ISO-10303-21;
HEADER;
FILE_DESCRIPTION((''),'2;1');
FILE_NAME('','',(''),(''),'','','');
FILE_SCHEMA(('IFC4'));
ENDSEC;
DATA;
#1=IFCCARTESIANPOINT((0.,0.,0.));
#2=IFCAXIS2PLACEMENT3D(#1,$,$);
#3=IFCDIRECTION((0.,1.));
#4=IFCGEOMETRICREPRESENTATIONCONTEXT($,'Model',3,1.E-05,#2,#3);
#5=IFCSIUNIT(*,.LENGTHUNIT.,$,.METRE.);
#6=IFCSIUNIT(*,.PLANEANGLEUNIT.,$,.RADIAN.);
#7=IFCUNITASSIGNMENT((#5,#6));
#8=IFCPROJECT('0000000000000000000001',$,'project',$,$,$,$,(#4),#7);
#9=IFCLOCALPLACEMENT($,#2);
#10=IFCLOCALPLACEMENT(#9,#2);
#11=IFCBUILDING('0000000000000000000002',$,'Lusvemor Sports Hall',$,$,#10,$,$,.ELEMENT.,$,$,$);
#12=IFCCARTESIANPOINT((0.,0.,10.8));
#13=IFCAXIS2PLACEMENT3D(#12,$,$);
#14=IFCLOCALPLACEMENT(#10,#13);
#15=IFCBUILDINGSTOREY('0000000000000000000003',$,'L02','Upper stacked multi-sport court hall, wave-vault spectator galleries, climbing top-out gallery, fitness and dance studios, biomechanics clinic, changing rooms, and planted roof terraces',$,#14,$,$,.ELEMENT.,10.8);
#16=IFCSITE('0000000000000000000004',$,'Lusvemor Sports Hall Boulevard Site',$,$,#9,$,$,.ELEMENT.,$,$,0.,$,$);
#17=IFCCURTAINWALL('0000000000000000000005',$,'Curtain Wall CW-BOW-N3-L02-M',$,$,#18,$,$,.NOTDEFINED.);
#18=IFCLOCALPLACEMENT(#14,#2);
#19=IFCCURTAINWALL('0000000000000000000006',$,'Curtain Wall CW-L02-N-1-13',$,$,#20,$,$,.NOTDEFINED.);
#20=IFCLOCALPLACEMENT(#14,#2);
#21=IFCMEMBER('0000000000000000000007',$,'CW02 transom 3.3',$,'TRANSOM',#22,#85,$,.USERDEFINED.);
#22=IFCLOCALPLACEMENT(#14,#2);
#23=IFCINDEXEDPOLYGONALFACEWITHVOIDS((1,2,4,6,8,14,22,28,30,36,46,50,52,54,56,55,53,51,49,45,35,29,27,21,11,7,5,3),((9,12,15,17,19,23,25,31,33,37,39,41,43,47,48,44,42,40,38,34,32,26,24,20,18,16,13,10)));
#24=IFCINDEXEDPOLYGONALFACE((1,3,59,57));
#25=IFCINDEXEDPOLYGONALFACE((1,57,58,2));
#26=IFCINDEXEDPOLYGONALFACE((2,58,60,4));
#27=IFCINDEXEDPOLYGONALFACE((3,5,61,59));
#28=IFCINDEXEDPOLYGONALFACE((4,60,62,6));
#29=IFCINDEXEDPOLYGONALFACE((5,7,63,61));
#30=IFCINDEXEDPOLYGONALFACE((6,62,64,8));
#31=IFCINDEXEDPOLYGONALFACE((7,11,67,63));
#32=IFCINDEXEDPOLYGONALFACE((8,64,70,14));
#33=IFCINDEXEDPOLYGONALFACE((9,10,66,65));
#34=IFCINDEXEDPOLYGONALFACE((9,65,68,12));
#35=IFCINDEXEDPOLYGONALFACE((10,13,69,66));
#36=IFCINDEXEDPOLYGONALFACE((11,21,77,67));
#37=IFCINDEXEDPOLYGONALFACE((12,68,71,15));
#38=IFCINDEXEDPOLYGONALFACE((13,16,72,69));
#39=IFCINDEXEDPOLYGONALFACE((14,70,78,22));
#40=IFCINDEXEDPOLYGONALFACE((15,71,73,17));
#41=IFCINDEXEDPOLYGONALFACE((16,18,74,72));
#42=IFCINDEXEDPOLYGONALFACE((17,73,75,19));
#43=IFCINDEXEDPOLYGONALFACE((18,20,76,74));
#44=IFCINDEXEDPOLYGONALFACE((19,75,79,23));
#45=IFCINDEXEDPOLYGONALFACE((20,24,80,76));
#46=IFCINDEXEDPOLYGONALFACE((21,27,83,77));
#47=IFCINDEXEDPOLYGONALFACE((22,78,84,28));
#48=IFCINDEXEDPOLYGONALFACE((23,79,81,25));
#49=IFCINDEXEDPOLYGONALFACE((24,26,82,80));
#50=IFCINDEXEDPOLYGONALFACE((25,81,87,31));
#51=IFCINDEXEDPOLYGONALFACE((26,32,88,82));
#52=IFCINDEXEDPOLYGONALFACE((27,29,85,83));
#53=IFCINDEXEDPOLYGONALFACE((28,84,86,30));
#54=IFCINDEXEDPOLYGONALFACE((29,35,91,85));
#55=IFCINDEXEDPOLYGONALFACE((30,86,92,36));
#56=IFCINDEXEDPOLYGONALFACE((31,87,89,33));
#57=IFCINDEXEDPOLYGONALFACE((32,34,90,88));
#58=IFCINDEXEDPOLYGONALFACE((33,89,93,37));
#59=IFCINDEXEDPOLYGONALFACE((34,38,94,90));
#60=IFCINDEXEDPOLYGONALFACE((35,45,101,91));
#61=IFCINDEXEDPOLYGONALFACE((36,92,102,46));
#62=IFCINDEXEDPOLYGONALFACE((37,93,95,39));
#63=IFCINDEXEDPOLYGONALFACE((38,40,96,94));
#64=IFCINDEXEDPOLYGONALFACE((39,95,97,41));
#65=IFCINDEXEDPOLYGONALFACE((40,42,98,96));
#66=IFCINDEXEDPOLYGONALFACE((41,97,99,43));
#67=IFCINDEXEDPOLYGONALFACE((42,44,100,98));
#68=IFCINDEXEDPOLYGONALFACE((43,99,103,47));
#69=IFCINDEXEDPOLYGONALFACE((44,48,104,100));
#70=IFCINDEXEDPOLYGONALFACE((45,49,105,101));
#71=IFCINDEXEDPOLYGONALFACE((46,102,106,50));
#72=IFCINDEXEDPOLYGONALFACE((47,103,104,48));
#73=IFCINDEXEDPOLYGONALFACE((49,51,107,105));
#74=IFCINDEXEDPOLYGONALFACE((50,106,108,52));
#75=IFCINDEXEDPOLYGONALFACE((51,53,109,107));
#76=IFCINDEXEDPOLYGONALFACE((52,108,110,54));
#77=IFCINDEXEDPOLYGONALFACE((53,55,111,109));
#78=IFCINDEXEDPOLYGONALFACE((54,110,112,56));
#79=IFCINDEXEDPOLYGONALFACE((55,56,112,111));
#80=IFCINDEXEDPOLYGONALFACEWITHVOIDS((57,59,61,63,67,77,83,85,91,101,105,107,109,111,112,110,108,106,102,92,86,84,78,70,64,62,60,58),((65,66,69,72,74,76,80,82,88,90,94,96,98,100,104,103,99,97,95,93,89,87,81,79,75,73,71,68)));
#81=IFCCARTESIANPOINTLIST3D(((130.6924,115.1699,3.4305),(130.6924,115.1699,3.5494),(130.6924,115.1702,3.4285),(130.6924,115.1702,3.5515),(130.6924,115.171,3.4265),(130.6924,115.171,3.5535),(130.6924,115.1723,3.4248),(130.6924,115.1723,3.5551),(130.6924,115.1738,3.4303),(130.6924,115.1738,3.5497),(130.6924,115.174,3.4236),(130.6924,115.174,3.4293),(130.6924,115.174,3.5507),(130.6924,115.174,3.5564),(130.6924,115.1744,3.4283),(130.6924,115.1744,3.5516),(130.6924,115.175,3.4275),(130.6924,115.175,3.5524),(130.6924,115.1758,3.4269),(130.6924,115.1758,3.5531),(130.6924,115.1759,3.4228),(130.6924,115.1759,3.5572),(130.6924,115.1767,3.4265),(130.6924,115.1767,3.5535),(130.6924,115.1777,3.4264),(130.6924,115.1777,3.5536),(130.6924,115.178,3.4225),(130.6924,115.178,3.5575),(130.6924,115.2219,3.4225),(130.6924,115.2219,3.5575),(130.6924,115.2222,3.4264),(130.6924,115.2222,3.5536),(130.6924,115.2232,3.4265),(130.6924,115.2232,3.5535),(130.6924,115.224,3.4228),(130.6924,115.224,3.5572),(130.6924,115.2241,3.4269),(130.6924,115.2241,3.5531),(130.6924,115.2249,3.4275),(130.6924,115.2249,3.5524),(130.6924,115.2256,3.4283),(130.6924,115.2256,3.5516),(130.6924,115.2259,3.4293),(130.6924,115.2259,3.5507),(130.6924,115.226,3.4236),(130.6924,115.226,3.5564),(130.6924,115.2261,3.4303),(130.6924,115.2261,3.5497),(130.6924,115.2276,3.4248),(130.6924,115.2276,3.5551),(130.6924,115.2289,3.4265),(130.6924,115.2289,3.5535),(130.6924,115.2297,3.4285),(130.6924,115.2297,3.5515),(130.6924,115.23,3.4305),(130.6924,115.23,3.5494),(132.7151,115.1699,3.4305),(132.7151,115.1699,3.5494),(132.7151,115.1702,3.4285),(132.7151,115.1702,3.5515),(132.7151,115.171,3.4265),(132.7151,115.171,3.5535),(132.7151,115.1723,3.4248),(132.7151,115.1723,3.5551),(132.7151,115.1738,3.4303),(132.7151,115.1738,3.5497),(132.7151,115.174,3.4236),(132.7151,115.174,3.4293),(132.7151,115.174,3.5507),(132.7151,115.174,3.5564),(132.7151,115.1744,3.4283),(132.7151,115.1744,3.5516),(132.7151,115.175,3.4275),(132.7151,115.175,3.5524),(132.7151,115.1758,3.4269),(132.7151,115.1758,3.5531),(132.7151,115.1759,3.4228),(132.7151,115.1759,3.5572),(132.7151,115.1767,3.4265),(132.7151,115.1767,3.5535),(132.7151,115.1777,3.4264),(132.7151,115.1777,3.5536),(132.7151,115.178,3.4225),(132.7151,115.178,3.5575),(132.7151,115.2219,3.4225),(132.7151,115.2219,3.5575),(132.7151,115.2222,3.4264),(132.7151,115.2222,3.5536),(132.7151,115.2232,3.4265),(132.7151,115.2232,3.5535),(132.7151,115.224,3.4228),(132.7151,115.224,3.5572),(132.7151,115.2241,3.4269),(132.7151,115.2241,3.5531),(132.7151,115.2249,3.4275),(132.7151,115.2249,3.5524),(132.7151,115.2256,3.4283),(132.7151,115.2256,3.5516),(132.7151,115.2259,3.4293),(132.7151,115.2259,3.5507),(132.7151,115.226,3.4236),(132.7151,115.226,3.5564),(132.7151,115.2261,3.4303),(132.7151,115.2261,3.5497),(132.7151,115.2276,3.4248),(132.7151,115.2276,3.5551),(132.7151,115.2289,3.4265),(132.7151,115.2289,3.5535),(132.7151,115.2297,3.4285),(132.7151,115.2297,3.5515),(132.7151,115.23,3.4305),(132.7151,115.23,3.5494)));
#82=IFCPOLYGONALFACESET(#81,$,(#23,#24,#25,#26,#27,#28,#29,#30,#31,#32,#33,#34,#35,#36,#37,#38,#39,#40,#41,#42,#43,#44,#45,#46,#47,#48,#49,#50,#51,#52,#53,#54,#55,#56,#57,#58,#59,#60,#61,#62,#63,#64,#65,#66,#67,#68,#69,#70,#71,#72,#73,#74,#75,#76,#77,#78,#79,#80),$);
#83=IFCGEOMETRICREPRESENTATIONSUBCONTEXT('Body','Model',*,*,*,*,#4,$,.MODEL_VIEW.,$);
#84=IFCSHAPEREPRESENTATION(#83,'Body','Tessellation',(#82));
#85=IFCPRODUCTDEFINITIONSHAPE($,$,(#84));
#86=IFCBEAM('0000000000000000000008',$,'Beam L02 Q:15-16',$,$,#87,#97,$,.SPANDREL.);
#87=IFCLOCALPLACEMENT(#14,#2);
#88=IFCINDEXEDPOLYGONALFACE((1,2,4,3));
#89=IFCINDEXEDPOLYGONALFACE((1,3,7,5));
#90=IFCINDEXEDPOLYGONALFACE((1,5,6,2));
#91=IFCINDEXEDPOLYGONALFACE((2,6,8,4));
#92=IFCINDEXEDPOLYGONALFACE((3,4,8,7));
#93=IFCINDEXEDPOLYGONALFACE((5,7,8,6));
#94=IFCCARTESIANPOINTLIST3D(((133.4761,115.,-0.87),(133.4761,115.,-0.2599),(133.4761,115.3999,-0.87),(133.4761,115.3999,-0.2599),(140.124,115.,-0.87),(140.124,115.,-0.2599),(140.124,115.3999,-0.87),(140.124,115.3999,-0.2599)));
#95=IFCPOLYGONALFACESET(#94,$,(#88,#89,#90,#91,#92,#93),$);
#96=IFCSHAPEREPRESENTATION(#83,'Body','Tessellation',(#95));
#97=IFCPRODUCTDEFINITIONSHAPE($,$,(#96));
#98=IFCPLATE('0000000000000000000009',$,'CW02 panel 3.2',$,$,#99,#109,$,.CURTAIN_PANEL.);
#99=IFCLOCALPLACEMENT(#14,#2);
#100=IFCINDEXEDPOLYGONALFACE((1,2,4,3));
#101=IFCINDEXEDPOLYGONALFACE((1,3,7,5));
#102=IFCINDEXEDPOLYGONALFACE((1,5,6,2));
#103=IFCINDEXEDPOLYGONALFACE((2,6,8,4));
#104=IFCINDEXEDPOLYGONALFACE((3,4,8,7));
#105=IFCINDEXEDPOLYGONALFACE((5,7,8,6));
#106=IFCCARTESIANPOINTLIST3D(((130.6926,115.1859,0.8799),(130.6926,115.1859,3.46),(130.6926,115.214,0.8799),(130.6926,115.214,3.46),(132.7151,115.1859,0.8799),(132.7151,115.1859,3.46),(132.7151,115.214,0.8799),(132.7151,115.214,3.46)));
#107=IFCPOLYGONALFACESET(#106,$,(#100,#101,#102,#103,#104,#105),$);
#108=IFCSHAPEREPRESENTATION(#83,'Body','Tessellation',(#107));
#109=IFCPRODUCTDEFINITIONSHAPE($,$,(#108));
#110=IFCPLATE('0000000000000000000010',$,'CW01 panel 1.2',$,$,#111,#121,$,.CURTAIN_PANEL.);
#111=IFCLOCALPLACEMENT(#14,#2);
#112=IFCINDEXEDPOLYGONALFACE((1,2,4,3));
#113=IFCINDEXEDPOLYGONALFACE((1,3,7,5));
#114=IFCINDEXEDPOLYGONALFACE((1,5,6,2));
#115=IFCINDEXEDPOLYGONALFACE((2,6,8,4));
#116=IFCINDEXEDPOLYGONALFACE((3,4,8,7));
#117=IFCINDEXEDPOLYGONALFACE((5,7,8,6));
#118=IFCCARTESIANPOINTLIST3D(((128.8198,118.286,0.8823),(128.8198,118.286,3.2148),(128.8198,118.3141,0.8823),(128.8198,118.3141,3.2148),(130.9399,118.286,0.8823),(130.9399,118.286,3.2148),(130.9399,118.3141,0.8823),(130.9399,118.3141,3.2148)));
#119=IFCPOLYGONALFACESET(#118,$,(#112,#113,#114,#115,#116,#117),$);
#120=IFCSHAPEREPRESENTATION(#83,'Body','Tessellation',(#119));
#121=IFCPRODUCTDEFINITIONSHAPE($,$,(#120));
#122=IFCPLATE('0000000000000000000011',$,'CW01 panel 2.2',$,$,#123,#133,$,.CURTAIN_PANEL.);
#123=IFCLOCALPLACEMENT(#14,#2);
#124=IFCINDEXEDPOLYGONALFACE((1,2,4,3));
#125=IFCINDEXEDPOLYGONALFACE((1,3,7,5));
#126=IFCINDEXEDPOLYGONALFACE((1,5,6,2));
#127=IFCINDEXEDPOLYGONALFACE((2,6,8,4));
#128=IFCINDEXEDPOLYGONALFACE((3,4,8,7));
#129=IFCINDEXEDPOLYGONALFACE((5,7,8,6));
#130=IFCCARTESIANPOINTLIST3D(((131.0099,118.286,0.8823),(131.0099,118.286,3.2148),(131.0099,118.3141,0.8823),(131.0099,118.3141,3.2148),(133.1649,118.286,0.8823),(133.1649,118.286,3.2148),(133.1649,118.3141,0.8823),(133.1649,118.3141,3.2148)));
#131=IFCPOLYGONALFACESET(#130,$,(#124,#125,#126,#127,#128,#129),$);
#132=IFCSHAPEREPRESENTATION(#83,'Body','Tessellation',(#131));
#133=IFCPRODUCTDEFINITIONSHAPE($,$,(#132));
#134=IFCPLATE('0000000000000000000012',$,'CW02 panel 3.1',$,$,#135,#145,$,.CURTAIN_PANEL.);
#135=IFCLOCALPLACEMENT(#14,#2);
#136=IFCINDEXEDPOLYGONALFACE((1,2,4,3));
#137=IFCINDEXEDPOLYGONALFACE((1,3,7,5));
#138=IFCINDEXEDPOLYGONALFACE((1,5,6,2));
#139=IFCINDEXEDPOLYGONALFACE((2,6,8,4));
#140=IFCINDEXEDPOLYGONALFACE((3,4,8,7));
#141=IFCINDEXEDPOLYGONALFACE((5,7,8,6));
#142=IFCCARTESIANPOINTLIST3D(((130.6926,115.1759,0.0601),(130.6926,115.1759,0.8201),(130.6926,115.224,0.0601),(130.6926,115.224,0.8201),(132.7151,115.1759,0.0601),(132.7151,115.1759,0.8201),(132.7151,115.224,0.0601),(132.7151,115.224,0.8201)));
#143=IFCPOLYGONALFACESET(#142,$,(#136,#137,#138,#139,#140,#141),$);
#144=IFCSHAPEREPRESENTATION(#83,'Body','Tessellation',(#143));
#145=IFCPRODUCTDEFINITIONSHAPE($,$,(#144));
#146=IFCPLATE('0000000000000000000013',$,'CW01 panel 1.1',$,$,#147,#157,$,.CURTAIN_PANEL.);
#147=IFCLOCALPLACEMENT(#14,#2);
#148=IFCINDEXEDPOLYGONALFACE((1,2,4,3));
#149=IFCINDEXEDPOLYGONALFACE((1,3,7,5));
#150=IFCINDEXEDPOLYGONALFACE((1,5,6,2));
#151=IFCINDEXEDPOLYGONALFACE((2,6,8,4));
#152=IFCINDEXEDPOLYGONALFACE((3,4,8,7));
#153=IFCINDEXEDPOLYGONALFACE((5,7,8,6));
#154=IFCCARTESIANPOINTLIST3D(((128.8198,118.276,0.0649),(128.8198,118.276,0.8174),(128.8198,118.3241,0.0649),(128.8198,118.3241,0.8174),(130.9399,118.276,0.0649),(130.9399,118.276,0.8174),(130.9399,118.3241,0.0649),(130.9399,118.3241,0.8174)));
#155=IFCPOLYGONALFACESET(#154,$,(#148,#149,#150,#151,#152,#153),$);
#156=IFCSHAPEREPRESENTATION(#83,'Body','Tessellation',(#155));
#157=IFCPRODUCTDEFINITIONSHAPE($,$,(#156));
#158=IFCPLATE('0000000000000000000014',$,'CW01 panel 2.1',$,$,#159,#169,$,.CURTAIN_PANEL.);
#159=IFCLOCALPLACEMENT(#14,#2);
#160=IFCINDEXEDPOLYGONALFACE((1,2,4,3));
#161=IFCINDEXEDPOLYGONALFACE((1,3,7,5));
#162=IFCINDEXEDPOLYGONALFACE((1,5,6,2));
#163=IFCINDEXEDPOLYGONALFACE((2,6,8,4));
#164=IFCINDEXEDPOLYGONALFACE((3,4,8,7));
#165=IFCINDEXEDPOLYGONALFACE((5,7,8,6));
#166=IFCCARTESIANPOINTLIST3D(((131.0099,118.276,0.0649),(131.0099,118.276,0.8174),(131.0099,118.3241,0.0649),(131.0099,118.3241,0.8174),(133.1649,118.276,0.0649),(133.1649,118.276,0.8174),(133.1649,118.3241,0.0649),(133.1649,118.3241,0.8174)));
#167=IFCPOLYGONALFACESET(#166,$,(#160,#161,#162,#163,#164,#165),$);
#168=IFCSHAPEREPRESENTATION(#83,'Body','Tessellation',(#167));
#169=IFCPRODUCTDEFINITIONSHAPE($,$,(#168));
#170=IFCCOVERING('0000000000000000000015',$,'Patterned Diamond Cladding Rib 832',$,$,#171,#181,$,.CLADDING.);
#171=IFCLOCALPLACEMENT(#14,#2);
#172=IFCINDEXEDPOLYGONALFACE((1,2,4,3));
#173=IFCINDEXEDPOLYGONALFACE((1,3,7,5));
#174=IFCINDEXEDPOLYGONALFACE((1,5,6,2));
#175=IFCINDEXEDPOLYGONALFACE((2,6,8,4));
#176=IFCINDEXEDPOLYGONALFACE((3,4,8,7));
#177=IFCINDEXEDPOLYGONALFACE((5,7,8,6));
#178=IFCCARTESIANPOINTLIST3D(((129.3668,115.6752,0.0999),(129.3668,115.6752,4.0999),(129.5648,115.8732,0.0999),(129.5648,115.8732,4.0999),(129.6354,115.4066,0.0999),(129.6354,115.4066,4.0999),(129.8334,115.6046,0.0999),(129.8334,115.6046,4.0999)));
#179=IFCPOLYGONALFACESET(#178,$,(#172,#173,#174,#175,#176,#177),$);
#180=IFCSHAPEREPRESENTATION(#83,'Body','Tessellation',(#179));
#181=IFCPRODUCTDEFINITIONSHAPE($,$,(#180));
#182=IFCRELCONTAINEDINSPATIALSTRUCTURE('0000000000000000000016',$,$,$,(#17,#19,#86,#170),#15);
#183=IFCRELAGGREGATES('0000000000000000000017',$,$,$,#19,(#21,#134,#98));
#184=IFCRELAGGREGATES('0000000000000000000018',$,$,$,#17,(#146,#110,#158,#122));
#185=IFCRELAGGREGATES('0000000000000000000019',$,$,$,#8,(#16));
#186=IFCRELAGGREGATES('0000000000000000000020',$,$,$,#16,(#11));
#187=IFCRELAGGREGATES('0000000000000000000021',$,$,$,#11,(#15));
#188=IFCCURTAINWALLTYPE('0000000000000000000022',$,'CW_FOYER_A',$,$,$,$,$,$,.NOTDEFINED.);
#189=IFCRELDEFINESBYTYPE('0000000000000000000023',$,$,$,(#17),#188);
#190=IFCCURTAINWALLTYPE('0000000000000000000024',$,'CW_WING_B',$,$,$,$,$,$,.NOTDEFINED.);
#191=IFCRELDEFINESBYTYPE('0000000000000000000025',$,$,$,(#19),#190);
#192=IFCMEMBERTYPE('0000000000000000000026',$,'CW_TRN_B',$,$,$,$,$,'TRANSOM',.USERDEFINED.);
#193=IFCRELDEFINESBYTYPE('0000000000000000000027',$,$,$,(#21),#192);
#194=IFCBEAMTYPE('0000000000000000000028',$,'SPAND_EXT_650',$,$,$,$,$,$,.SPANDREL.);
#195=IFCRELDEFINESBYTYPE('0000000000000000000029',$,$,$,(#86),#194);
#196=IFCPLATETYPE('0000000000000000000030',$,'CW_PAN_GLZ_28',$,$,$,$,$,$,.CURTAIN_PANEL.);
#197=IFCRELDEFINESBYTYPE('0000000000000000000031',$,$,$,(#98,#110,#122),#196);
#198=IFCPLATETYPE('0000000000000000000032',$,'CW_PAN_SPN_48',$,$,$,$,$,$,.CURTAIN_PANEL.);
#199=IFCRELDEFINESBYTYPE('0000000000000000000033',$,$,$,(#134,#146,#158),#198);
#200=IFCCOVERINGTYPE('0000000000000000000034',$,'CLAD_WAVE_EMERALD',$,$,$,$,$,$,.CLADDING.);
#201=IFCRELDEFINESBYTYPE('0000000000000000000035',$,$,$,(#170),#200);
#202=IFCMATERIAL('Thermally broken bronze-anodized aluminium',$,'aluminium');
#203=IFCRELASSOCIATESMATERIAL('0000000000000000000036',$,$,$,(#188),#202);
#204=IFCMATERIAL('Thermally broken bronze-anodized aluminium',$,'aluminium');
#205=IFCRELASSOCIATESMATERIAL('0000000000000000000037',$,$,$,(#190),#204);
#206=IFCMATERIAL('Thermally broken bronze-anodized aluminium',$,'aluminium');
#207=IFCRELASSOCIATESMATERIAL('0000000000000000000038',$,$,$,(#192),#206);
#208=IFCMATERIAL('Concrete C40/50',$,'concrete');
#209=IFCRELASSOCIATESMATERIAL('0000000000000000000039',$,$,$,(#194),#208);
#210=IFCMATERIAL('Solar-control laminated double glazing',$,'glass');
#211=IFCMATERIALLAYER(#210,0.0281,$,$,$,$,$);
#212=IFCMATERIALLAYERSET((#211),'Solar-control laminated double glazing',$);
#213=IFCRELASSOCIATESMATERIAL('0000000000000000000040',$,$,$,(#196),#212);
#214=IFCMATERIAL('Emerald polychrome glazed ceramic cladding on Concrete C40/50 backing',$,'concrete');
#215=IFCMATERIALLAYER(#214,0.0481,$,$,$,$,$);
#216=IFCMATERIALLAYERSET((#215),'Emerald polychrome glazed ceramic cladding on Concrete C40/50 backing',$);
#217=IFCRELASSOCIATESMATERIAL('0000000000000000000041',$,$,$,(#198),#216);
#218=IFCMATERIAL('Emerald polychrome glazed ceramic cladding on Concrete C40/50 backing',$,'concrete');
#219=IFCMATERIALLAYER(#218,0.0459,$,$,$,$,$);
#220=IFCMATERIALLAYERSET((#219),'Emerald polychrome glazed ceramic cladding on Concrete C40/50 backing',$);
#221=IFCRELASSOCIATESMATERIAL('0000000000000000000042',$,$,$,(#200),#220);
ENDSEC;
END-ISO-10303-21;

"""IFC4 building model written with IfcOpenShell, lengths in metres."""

from ifc_helpers import new_model, si_unit, direction, frame, origin, origin_2d, place, context, subcontext, project, spatial, rectangle, hollow_rectangle, extrude, material, layer, layer_set, material_profile, profile_set, type_object, element, aggregate, save


model = new_model("IFC4")

# Units and contexts
model_context = context("Model", 3, precision=1e-05, world=origin(), true_north=direction((0.0, 1.0)))
body_context = subcontext(model_context, "Body", "Model", "MODEL_VIEW")
ifc_project = project(units=[si_unit("LENGTHUNIT", "METRE"), si_unit("PLANEANGLEUNIT", "RADIAN")], contexts=[model_context])

# Site, building, storey
site_placement = place(None, origin())
site = spatial("IfcSite", under=ifc_project, at=site_placement, Name="Lusvemor Sports Hall Boulevard Site", CompositionType="ELEMENT", RefElevation=0.0)
building_placement = place(site_placement, origin())
building = spatial("IfcBuilding", under=site, at=building_placement, Name="Lusvemor Sports Hall", CompositionType="ELEMENT")
storey_placement = place(building_placement, frame((0.0, 0.0, 10.8)))
storey = spatial("IfcBuildingStorey", under=building, at=storey_placement, Name="L02", Description="Upper stacked multi-sport court hall, wave-vault spectator galleries, climbing top-out gallery, fitness and dance studios, biomechanics clinic, changing rooms, and planted roof terraces", CompositionType="ELEMENT", Elevation=10.8)

# Curtain walls
ifc_material_1 = material(Name="Thermally broken bronze-anodized aluminium", Category="aluminium")
curtain_wall_type_1 = type_object("IfcCurtainWallType", Name="CW_FOYER_A", PredefinedType="NOTDEFINED", material=ifc_material_1)
curtain_wall_1_placement = place(storey_placement, origin())
curtain_wall_1 = element("IfcCurtainWall", 1, at=curtain_wall_1_placement, inside=storey, type_object=curtain_wall_type_1, Name="Curtain Wall CW-BOW-N3-L02-M", PredefinedType="NOTDEFINED")
ifc_material_2 = material(Name="Thermally broken bronze-anodized aluminium", Category="aluminium")
curtain_wall_type_2 = type_object("IfcCurtainWallType", Name="CW_WING_B", PredefinedType="NOTDEFINED", material=ifc_material_2)
curtain_wall_2_placement = place(storey_placement, origin())
curtain_wall_2 = element("IfcCurtainWall", 2, at=curtain_wall_2_placement, inside=storey, type_object=curtain_wall_type_2, Name="Curtain Wall CW-L02-N-1-13", PredefinedType="NOTDEFINED")

# Member
ifc_material_3 = material(Name="Thermally broken bronze-anodized aluminium", Category="aluminium")
ifc_material_profile_1 = material_profile(ifc_material_3, hollow_rectangle(XDim=0.0601, YDim=0.135, WallThickness=0.0039, InnerFilletRadius=0.0039, OuterFilletRadius=0.0081, at=origin_2d()), Name="CWTRN135x60x4")
ifc_profile_set_1 = profile_set([ifc_material_profile_1], Name="Thermally broken bronze-anodized aluminium")
member_type_1 = type_object("IfcMemberType", Name="CW_TRN_B", ElementType="TRANSOM", PredefinedType="USERDEFINED", material=ifc_profile_set_1)
member_1_placement = place(storey_placement, frame((130.6924, 115.2, 3.49), z_axis=(1.0, 0.0, 0.0), x_axis=(0.0, 1.0, 0.0)))
member_1 = element("IfcMember", 3, at=member_1_placement, type_object=member_type_1, Name="CW02 transom 3.3", ObjectType="TRANSOM", PredefinedType="USERDEFINED", context=body_context, shape_type="SweptSolid", body=[
    extrude(hollow_rectangle(XDim=0.0601, YDim=0.135, WallThickness=0.0039, InnerFilletRadius=0.0039, OuterFilletRadius=0.0081, at=origin_2d()), origin(), (0.0, 0.0, 1.0), 2.0227),
])

# Beam
ifc_material_4 = material(Name="Concrete C40/50", Category="concrete")
ifc_material_profile_2 = material_profile(ifc_material_4, rectangle(XDim=0.3999, YDim=0.6101, at=origin_2d()), Name="RC400x610")
ifc_profile_set_2 = profile_set([ifc_material_profile_2], Name="Concrete C40/50")
beam_type = type_object("IfcBeamType", Name="SPAND_EXT_650", PredefinedType="SPANDREL", material=ifc_profile_set_2)
beam_placement = place(storey_placement, frame((133.4761, 115.2, -0.5649), z_axis=(1.0, 0.0, 0.0), x_axis=(0.0, 1.0, 0.0)))
element("IfcBeam", 4, at=beam_placement, inside=storey, type_object=beam_type, Name="Beam L02 Q:15-16", PredefinedType="SPANDREL", context=body_context, shape_type="SweptSolid", body=[
    extrude(rectangle(XDim=0.3999, YDim=0.6101, at=origin_2d()), origin(), (0.0, 0.0, 1.0), 6.6479),
])

# Plates
ifc_material_5 = material(Name="Solar-control laminated double glazing", Category="glass")
ifc_layer_1 = layer(ifc_material_5, 0.0281)
ifc_layer_set_1 = layer_set([ifc_layer_1], Name="Solar-control laminated double glazing")
plate_type_1 = type_object("IfcPlateType", Name="CW_PAN_GLZ_28", PredefinedType="CURTAIN_PANEL", material=ifc_layer_set_1)
plate_1_placement = place(storey_placement, frame((131.7039, 115.2, 0.8799), z_axis=(0.0, 0.0, 1.0), x_axis=(1.0, 0.0, 0.0)))
plate_1 = element("IfcPlate", 5, at=plate_1_placement, type_object=plate_type_1, Name="CW02 panel 3.2", PredefinedType="CURTAIN_PANEL", context=body_context, shape_type="SweptSolid", body=[
    extrude(rectangle(XDim=2.0225, YDim=0.0281, at=origin_2d()), origin(), (0.0, 0.0, 1.0), 2.5801),
])
plate_2_placement = place(storey_placement, frame((129.8799, 118.3, 0.8823), z_axis=(0.0, 0.0, 1.0), x_axis=(1.0, 0.0, 0.0)))
plate_2 = element("IfcPlate", 6, at=plate_2_placement, type_object=plate_type_1, Name="CW01 panel 1.2", PredefinedType="CURTAIN_PANEL", context=body_context, shape_type="SweptSolid", body=[
    extrude(rectangle(XDim=2.1201, YDim=0.0281, at=origin_2d()), origin(), (0.0, 0.0, 1.0), 2.3325),
])
plate_3_placement = place(storey_placement, frame((132.0874, 118.3, 0.8823), z_axis=(0.0, 0.0, 1.0), x_axis=(1.0, 0.0, 0.0)))
plate_3 = element("IfcPlate", 7, at=plate_3_placement, type_object=plate_type_1, Name="CW01 panel 2.2", PredefinedType="CURTAIN_PANEL", context=body_context, shape_type="SweptSolid", body=[
    extrude(rectangle(XDim=2.155, YDim=0.0281, at=origin_2d()), origin(), (0.0, 0.0, 1.0), 2.3325),
])
ifc_material_6 = material(Name="Emerald polychrome glazed ceramic cladding on Concrete C40/50 backing", Category="concrete")
ifc_layer_2 = layer(ifc_material_6, 0.0481)
ifc_layer_set_2 = layer_set([ifc_layer_2], Name="Emerald polychrome glazed ceramic cladding on Concrete C40/50 backing")
plate_type_2 = type_object("IfcPlateType", Name="CW_PAN_SPN_48", PredefinedType="CURTAIN_PANEL", material=ifc_layer_set_2)
plate_4_placement = place(storey_placement, frame((131.7039, 115.2, 0.0601), z_axis=(0.0, 0.0, 1.0), x_axis=(1.0, 0.0, 0.0)))
plate_4 = element("IfcPlate", 8, at=plate_4_placement, type_object=plate_type_2, Name="CW02 panel 3.1", PredefinedType="CURTAIN_PANEL", context=body_context, shape_type="SweptSolid", body=[
    extrude(rectangle(XDim=2.0225, YDim=0.0481, at=origin_2d()), origin(), (0.0, 0.0, 1.0), 0.76),
])
aggregate(curtain_wall_2, [member_1, plate_4, plate_1])
plate_5_placement = place(storey_placement, frame((129.8799, 118.3, 0.0649), z_axis=(0.0, 0.0, 1.0), x_axis=(1.0, 0.0, 0.0)))
plate_5 = element("IfcPlate", 9, at=plate_5_placement, type_object=plate_type_2, Name="CW01 panel 1.1", PredefinedType="CURTAIN_PANEL", context=body_context, shape_type="SweptSolid", body=[
    extrude(rectangle(XDim=2.1201, YDim=0.0481, at=origin_2d()), origin(), (0.0, 0.0, 1.0), 0.7524),
])
plate_6_placement = place(storey_placement, frame((132.0874, 118.3, 0.0649), z_axis=(0.0, 0.0, 1.0), x_axis=(1.0, 0.0, 0.0)))
plate_6 = element("IfcPlate", 10, at=plate_6_placement, type_object=plate_type_2, Name="CW01 panel 2.1", PredefinedType="CURTAIN_PANEL", context=body_context, shape_type="SweptSolid", body=[
    extrude(rectangle(XDim=2.155, YDim=0.0481, at=origin_2d()), origin(), (0.0, 0.0, 1.0), 0.7524),
])
aggregate(curtain_wall_1, [plate_5, plate_2, plate_6, plate_3])

# Covering
ifc_material_7 = material(Name="Emerald polychrome glazed ceramic cladding on Concrete C40/50 backing", Category="concrete")
ifc_layer_3 = layer(ifc_material_7, 0.0459)
ifc_layer_set_3 = layer_set([ifc_layer_3], Name="Emerald polychrome glazed ceramic cladding on Concrete C40/50 backing")
covering_type_1 = type_object("IfcCoveringType", Name="CLAD_WAVE_EMERALD", PredefinedType="CLADDING", material=ifc_layer_set_3)
covering_1_placement = place(storey_placement, frame((129.6001, 115.6399, 0.0999), z_axis=(0.0, 0.0, 1.0), x_axis=(0.707107, 0.707107, 0.0)))
element("IfcCovering", 11, at=covering_1_placement, inside=storey, type_object=covering_type_1, Name="Patterned Diamond Cladding Rib 832", PredefinedType="CLADDING", context=body_context, shape_type="SweptSolid", body=[
    extrude(rectangle(XDim=0.28, YDim=0.3799, at=origin_2d()), origin(), (0.0, 0.0, 1.0), 4.0),
])

save(model, "model.ifc")
